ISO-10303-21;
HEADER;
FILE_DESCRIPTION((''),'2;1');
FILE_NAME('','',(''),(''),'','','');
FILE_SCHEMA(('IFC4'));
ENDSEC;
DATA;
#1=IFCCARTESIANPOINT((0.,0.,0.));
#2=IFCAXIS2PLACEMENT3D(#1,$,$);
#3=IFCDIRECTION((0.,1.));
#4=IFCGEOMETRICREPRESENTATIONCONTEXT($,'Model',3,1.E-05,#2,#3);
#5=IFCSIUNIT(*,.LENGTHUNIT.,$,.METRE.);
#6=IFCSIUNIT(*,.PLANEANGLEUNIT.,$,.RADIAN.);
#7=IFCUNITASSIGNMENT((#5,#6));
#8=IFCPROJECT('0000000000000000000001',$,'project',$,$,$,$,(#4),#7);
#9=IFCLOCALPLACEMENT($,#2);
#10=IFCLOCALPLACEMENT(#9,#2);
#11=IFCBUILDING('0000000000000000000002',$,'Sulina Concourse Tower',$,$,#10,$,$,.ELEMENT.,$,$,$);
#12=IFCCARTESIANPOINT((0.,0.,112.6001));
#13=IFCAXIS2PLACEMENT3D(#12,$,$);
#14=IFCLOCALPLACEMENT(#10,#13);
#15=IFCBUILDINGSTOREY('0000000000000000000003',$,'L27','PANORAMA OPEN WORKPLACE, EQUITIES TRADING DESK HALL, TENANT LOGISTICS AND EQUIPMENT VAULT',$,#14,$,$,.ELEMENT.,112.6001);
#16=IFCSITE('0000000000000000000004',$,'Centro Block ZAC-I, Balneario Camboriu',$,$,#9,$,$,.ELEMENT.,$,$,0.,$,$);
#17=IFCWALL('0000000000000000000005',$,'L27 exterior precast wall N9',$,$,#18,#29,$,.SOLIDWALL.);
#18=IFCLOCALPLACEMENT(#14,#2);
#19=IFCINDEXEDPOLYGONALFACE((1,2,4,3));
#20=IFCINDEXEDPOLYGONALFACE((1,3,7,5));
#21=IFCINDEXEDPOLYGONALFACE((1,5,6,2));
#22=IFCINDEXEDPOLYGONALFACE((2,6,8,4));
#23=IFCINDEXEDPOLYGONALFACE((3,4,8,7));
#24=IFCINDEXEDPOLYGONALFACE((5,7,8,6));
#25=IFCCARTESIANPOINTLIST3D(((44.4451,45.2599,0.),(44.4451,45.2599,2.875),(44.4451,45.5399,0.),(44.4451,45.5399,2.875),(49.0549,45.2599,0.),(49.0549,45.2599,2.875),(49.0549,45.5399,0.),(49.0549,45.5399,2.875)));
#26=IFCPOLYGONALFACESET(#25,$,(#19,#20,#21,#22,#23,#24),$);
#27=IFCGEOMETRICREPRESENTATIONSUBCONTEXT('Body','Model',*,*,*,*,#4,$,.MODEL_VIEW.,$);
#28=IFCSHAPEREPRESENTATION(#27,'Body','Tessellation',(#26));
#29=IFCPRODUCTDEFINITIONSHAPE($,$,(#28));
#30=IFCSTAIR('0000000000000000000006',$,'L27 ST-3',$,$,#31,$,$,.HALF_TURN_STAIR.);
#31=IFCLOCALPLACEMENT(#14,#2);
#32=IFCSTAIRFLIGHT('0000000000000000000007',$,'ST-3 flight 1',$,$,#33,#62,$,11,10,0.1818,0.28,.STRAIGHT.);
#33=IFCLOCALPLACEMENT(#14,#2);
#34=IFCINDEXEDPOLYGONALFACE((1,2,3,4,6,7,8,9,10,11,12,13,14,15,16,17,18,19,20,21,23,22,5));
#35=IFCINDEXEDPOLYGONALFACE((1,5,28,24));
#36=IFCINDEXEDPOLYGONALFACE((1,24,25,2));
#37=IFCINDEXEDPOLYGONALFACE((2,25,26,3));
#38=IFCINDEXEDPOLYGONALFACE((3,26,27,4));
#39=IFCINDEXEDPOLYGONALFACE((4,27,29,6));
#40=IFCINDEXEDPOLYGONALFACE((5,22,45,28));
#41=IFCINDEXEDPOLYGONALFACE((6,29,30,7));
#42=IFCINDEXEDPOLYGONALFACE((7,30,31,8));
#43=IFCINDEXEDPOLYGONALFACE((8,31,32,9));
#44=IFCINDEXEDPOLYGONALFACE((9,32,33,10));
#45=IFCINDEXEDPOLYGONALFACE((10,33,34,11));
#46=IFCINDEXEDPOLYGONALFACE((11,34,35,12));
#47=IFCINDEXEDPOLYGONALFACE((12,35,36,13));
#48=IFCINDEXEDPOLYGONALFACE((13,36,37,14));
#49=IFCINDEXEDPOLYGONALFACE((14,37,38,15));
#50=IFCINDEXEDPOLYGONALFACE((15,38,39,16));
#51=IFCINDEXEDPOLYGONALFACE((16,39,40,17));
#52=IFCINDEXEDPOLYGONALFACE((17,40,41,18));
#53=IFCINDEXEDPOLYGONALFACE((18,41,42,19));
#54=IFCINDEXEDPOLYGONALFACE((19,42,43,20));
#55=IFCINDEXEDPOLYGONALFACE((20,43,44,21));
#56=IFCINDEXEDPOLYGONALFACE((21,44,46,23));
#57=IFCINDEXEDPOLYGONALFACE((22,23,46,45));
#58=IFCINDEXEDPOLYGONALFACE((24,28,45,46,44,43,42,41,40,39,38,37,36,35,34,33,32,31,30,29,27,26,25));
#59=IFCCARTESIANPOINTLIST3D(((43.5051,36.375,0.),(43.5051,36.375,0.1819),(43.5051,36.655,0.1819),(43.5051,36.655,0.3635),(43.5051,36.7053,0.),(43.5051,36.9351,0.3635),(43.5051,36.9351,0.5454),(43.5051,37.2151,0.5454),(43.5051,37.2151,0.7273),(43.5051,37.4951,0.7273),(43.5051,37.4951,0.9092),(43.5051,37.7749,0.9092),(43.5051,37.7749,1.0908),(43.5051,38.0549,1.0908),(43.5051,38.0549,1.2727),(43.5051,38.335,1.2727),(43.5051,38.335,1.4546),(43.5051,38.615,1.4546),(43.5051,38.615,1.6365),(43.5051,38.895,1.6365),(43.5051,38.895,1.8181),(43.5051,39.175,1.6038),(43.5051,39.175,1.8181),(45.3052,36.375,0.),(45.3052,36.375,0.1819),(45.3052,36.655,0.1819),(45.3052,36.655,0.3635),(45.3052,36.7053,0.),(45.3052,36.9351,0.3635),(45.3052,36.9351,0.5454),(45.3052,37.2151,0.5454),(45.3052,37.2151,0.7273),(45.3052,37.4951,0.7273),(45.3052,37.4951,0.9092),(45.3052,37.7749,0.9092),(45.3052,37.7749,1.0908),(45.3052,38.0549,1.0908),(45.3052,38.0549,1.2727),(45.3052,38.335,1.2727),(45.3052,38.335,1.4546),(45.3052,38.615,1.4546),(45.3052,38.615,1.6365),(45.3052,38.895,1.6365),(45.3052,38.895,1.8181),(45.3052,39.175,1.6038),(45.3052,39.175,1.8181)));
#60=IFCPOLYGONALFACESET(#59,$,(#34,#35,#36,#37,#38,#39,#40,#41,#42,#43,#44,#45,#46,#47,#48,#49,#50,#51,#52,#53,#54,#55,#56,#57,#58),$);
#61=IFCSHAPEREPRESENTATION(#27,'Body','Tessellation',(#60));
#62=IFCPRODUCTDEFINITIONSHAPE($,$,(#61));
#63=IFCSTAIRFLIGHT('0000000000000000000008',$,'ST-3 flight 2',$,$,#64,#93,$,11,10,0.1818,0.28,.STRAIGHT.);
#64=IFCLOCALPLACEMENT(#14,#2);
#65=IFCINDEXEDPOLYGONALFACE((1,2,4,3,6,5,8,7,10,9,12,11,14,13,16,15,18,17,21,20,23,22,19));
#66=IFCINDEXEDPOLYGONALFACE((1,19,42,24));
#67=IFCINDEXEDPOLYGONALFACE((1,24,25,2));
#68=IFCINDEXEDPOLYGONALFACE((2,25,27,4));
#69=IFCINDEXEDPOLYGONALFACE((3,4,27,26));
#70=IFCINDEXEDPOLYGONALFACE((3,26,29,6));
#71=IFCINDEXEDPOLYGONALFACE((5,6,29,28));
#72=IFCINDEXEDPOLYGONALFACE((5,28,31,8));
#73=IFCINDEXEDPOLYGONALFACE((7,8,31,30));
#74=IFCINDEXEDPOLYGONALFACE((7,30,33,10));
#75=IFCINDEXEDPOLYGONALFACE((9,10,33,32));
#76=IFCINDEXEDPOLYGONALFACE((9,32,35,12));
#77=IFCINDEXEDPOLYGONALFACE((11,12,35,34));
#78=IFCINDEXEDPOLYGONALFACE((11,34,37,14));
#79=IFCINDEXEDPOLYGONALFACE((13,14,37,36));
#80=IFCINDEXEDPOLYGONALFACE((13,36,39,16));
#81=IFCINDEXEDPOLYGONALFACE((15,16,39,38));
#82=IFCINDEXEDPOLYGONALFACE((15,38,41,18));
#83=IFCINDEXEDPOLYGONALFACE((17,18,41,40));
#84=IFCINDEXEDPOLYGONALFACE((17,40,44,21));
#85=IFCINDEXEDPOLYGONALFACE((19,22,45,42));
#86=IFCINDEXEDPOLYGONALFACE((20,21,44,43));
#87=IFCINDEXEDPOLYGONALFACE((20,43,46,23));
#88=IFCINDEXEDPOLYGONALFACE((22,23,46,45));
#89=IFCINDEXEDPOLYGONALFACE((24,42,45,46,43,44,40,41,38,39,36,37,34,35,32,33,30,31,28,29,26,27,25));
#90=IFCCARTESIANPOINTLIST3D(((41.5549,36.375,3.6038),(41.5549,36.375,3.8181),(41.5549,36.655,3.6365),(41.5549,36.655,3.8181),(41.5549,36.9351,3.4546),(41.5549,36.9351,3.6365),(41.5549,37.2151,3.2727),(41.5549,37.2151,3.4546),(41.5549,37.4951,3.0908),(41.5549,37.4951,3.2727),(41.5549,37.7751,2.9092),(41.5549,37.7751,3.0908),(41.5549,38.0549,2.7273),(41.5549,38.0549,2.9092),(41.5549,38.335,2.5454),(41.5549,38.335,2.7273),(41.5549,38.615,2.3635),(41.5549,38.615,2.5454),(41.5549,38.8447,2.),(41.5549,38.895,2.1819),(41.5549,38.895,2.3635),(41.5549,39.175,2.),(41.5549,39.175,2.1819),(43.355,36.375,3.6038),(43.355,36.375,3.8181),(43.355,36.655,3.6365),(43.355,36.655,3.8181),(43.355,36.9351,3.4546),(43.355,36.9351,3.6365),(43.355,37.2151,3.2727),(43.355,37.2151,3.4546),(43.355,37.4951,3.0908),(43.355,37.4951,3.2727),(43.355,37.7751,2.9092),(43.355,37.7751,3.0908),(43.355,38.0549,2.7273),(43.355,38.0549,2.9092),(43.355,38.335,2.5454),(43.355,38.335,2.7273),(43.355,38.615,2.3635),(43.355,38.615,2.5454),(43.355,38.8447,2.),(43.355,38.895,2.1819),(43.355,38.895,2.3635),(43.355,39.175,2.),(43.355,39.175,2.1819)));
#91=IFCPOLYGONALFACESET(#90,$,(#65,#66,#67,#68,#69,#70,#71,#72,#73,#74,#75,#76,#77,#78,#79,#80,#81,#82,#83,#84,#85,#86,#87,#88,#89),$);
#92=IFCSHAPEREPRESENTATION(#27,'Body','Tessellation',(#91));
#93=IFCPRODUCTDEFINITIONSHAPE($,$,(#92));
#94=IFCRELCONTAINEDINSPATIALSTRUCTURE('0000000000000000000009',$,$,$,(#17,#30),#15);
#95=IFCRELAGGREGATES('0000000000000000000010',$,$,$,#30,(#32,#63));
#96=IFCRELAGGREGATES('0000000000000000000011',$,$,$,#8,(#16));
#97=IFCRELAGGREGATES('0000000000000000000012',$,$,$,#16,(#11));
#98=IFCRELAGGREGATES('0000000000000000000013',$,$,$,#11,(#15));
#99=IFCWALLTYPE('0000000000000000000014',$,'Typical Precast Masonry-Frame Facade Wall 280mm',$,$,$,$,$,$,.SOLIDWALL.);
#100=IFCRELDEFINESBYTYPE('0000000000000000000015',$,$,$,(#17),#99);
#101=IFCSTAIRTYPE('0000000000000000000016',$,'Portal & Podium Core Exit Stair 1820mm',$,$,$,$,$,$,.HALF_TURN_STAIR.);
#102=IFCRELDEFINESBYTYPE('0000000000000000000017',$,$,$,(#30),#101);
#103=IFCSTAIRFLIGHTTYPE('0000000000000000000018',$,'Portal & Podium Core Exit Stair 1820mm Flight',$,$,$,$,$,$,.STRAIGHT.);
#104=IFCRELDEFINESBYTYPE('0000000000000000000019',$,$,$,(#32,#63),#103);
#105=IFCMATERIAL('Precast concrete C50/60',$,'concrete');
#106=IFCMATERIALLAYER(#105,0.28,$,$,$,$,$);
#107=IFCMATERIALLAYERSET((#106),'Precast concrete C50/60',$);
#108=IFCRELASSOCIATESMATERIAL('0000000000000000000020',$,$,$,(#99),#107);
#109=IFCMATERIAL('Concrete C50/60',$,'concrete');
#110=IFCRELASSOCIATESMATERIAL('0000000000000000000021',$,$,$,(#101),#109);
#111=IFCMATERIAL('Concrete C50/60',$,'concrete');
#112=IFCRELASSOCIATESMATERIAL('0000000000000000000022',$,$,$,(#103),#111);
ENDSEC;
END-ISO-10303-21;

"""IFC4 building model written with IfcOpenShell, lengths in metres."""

from ifc_helpers import new_model, si_unit, direction, frame, frame_2d, origin, place, context, subcontext, project, spatial, polyline, rectangle, outline, extrude, material, layer, layer_set, type_object, element, aggregate, save


model = new_model("IFC4")

# Units and contexts
model_context = context("Model", 3, precision=1e-05, world=origin(), true_north=direction((0.0, 1.0)))
body_context = subcontext(model_context, "Body", "Model", "MODEL_VIEW")
ifc_project = project(units=[si_unit("LENGTHUNIT", "METRE"), si_unit("PLANEANGLEUNIT", "RADIAN")], contexts=[model_context])

# Site, building, storey
site_placement = place(None, origin())
site = spatial("IfcSite", under=ifc_project, at=site_placement, Name="Centro Block ZAC-I, Balneario Camboriu", CompositionType="ELEMENT", RefElevation=0.0)
building_placement = place(site_placement, origin())
building = spatial("IfcBuilding", under=site, at=building_placement, Name="Sulina Concourse Tower", CompositionType="ELEMENT")
storey_placement = place(building_placement, frame((0.0, 0.0, 112.6001)))
storey = spatial("IfcBuildingStorey", under=building, at=storey_placement, Name="L27", Description="PANORAMA OPEN WORKPLACE, EQUITIES TRADING DESK HALL, TENANT LOGISTICS AND EQUIPMENT VAULT", CompositionType="ELEMENT", Elevation=112.6001)

# Wall
ifc_material_1 = material(Name="Precast concrete C50/60", Category="concrete")
ifc_layer_1 = layer(ifc_material_1, 0.28)
ifc_layer_set_1 = layer_set([ifc_layer_1], Name="Precast concrete C50/60")
wall_type_1 = type_object("IfcWallType", Name="Typical Precast Masonry-Frame Facade Wall 280mm", PredefinedType="SOLIDWALL", material=ifc_layer_set_1)
wall_1_placement = place(storey_placement, frame((44.4451, 45.3999, 0.0), z_axis=(0.0, 0.0, 1.0), x_axis=(1.0, 0.0, 0.0)))
element("IfcWall", 1, at=wall_1_placement, inside=storey, type_object=wall_type_1, Name="L27 exterior precast wall N9", PredefinedType="SOLIDWALL", context=body_context, shape_type="SweptSolid", body=[
    extrude(rectangle(XDim=4.6099, YDim=0.28, at=frame_2d((2.3049, 0.0))), origin(), (0.0, 0.0, 1.0), 2.875),
])

# Stair, stair flights
ifc_material_2 = material(Name="Concrete C50/60", Category="concrete")
stair_type = type_object("IfcStairType", Name="Portal & Podium Core Exit Stair 1820mm", PredefinedType="HALF_TURN_STAIR", material=ifc_material_2)
stair_placement = place(storey_placement, origin())
stair = element("IfcStair", 2, at=stair_placement, inside=storey, type_object=stair_type, Name="L27 ST-3", PredefinedType="HALF_TURN_STAIR")
ifc_material_3 = material(Name="Concrete C50/60", Category="concrete")
stair_flight_type = type_object("IfcStairFlightType", Name="Portal & Podium Core Exit Stair 1820mm Flight", PredefinedType="STRAIGHT", material=ifc_material_3)
stair_flight_1_placement = place(storey_placement, frame((44.405, 36.375, 0.0), z_axis=(0.0, 0.0, 1.0), x_axis=(0.0, 1.0, 0.0)))
stair_flight_1 = element("IfcStairFlight", 3, at=stair_flight_1_placement, type_object=stair_flight_type, Name="ST-3 flight 1", NumberOfRisers=11, NumberOfTreads=10, PredefinedType="STRAIGHT", RiserHeight=0.1818, TreadLength=0.28, context=body_context, shape_type="SweptSolid", body=[
    extrude(outline(polyline([(0.0, 0.0), (0.0, 0.1819), (0.28, 0.1819), (0.28, 0.3635), (0.5601, 0.3635), (0.5601, 0.5454), (0.8401, 0.5454), (0.8401, 0.7273), (1.1201, 0.7273), (1.1201, 0.9092), (1.3999, 0.9092), (1.3999, 1.0908), (1.6799, 1.0908), (1.6799, 1.2727), (1.96, 1.2727), (1.96, 1.4546), (2.24, 1.4546), (2.24, 1.6365), (2.52, 1.6365), (2.52, 1.8181), (2.8, 1.8181), (2.8, 2.0), (2.8, 1.6038), (0.3303, 0.0), (0.0, 0.0)])), frame((0.0, 0.8999, 0.0), z_axis=(0.0, -1.0, 0.0), x_axis=(1.0, 0.0, 0.0)), (0.0, 0.0, 1.0), 1.8),
])
stair_flight_2_placement = place(storey_placement, frame((42.4551, 39.175, 2.0), z_axis=(0.0, 0.0, 1.0), x_axis=(0.0, -1.0, 0.0)))
stair_flight_2 = element("IfcStairFlight", 4, at=stair_flight_2_placement, type_object=stair_flight_type, Name="ST-3 flight 2", NumberOfRisers=11, NumberOfTreads=10, PredefinedType="STRAIGHT", RiserHeight=0.1818, TreadLength=0.28, context=body_context, shape_type="SweptSolid", body=[
    extrude(outline(polyline([(0.0, 0.0), (0.0, 0.1819), (0.28, 0.1819), (0.28, 0.3635), (0.5601, 0.3635), (0.5601, 0.5454), (0.8401, 0.5454), (0.8401, 0.7273), (1.1201, 0.7273), (1.1201, 0.9092), (1.3999, 0.9092), (1.3999, 1.0908), (1.6799, 1.0908), (1.6799, 1.2727), (1.96, 1.2727), (1.96, 1.4546), (2.24, 1.4546), (2.24, 1.6365), (2.52, 1.6365), (2.52, 1.8181), (2.8, 1.8181), (2.8, 2.0), (2.8, 1.6038), (0.3303, 0.0), (0.0, 0.0)])), frame((0.0, 0.8999, 0.0), z_axis=(0.0, -1.0, 0.0), x_axis=(1.0, 0.0, 0.0)), (0.0, 0.0, 1.0), 1.8),
])
aggregate(stair, [stair_flight_1, stair_flight_2])

save(model, "model.ifc")
